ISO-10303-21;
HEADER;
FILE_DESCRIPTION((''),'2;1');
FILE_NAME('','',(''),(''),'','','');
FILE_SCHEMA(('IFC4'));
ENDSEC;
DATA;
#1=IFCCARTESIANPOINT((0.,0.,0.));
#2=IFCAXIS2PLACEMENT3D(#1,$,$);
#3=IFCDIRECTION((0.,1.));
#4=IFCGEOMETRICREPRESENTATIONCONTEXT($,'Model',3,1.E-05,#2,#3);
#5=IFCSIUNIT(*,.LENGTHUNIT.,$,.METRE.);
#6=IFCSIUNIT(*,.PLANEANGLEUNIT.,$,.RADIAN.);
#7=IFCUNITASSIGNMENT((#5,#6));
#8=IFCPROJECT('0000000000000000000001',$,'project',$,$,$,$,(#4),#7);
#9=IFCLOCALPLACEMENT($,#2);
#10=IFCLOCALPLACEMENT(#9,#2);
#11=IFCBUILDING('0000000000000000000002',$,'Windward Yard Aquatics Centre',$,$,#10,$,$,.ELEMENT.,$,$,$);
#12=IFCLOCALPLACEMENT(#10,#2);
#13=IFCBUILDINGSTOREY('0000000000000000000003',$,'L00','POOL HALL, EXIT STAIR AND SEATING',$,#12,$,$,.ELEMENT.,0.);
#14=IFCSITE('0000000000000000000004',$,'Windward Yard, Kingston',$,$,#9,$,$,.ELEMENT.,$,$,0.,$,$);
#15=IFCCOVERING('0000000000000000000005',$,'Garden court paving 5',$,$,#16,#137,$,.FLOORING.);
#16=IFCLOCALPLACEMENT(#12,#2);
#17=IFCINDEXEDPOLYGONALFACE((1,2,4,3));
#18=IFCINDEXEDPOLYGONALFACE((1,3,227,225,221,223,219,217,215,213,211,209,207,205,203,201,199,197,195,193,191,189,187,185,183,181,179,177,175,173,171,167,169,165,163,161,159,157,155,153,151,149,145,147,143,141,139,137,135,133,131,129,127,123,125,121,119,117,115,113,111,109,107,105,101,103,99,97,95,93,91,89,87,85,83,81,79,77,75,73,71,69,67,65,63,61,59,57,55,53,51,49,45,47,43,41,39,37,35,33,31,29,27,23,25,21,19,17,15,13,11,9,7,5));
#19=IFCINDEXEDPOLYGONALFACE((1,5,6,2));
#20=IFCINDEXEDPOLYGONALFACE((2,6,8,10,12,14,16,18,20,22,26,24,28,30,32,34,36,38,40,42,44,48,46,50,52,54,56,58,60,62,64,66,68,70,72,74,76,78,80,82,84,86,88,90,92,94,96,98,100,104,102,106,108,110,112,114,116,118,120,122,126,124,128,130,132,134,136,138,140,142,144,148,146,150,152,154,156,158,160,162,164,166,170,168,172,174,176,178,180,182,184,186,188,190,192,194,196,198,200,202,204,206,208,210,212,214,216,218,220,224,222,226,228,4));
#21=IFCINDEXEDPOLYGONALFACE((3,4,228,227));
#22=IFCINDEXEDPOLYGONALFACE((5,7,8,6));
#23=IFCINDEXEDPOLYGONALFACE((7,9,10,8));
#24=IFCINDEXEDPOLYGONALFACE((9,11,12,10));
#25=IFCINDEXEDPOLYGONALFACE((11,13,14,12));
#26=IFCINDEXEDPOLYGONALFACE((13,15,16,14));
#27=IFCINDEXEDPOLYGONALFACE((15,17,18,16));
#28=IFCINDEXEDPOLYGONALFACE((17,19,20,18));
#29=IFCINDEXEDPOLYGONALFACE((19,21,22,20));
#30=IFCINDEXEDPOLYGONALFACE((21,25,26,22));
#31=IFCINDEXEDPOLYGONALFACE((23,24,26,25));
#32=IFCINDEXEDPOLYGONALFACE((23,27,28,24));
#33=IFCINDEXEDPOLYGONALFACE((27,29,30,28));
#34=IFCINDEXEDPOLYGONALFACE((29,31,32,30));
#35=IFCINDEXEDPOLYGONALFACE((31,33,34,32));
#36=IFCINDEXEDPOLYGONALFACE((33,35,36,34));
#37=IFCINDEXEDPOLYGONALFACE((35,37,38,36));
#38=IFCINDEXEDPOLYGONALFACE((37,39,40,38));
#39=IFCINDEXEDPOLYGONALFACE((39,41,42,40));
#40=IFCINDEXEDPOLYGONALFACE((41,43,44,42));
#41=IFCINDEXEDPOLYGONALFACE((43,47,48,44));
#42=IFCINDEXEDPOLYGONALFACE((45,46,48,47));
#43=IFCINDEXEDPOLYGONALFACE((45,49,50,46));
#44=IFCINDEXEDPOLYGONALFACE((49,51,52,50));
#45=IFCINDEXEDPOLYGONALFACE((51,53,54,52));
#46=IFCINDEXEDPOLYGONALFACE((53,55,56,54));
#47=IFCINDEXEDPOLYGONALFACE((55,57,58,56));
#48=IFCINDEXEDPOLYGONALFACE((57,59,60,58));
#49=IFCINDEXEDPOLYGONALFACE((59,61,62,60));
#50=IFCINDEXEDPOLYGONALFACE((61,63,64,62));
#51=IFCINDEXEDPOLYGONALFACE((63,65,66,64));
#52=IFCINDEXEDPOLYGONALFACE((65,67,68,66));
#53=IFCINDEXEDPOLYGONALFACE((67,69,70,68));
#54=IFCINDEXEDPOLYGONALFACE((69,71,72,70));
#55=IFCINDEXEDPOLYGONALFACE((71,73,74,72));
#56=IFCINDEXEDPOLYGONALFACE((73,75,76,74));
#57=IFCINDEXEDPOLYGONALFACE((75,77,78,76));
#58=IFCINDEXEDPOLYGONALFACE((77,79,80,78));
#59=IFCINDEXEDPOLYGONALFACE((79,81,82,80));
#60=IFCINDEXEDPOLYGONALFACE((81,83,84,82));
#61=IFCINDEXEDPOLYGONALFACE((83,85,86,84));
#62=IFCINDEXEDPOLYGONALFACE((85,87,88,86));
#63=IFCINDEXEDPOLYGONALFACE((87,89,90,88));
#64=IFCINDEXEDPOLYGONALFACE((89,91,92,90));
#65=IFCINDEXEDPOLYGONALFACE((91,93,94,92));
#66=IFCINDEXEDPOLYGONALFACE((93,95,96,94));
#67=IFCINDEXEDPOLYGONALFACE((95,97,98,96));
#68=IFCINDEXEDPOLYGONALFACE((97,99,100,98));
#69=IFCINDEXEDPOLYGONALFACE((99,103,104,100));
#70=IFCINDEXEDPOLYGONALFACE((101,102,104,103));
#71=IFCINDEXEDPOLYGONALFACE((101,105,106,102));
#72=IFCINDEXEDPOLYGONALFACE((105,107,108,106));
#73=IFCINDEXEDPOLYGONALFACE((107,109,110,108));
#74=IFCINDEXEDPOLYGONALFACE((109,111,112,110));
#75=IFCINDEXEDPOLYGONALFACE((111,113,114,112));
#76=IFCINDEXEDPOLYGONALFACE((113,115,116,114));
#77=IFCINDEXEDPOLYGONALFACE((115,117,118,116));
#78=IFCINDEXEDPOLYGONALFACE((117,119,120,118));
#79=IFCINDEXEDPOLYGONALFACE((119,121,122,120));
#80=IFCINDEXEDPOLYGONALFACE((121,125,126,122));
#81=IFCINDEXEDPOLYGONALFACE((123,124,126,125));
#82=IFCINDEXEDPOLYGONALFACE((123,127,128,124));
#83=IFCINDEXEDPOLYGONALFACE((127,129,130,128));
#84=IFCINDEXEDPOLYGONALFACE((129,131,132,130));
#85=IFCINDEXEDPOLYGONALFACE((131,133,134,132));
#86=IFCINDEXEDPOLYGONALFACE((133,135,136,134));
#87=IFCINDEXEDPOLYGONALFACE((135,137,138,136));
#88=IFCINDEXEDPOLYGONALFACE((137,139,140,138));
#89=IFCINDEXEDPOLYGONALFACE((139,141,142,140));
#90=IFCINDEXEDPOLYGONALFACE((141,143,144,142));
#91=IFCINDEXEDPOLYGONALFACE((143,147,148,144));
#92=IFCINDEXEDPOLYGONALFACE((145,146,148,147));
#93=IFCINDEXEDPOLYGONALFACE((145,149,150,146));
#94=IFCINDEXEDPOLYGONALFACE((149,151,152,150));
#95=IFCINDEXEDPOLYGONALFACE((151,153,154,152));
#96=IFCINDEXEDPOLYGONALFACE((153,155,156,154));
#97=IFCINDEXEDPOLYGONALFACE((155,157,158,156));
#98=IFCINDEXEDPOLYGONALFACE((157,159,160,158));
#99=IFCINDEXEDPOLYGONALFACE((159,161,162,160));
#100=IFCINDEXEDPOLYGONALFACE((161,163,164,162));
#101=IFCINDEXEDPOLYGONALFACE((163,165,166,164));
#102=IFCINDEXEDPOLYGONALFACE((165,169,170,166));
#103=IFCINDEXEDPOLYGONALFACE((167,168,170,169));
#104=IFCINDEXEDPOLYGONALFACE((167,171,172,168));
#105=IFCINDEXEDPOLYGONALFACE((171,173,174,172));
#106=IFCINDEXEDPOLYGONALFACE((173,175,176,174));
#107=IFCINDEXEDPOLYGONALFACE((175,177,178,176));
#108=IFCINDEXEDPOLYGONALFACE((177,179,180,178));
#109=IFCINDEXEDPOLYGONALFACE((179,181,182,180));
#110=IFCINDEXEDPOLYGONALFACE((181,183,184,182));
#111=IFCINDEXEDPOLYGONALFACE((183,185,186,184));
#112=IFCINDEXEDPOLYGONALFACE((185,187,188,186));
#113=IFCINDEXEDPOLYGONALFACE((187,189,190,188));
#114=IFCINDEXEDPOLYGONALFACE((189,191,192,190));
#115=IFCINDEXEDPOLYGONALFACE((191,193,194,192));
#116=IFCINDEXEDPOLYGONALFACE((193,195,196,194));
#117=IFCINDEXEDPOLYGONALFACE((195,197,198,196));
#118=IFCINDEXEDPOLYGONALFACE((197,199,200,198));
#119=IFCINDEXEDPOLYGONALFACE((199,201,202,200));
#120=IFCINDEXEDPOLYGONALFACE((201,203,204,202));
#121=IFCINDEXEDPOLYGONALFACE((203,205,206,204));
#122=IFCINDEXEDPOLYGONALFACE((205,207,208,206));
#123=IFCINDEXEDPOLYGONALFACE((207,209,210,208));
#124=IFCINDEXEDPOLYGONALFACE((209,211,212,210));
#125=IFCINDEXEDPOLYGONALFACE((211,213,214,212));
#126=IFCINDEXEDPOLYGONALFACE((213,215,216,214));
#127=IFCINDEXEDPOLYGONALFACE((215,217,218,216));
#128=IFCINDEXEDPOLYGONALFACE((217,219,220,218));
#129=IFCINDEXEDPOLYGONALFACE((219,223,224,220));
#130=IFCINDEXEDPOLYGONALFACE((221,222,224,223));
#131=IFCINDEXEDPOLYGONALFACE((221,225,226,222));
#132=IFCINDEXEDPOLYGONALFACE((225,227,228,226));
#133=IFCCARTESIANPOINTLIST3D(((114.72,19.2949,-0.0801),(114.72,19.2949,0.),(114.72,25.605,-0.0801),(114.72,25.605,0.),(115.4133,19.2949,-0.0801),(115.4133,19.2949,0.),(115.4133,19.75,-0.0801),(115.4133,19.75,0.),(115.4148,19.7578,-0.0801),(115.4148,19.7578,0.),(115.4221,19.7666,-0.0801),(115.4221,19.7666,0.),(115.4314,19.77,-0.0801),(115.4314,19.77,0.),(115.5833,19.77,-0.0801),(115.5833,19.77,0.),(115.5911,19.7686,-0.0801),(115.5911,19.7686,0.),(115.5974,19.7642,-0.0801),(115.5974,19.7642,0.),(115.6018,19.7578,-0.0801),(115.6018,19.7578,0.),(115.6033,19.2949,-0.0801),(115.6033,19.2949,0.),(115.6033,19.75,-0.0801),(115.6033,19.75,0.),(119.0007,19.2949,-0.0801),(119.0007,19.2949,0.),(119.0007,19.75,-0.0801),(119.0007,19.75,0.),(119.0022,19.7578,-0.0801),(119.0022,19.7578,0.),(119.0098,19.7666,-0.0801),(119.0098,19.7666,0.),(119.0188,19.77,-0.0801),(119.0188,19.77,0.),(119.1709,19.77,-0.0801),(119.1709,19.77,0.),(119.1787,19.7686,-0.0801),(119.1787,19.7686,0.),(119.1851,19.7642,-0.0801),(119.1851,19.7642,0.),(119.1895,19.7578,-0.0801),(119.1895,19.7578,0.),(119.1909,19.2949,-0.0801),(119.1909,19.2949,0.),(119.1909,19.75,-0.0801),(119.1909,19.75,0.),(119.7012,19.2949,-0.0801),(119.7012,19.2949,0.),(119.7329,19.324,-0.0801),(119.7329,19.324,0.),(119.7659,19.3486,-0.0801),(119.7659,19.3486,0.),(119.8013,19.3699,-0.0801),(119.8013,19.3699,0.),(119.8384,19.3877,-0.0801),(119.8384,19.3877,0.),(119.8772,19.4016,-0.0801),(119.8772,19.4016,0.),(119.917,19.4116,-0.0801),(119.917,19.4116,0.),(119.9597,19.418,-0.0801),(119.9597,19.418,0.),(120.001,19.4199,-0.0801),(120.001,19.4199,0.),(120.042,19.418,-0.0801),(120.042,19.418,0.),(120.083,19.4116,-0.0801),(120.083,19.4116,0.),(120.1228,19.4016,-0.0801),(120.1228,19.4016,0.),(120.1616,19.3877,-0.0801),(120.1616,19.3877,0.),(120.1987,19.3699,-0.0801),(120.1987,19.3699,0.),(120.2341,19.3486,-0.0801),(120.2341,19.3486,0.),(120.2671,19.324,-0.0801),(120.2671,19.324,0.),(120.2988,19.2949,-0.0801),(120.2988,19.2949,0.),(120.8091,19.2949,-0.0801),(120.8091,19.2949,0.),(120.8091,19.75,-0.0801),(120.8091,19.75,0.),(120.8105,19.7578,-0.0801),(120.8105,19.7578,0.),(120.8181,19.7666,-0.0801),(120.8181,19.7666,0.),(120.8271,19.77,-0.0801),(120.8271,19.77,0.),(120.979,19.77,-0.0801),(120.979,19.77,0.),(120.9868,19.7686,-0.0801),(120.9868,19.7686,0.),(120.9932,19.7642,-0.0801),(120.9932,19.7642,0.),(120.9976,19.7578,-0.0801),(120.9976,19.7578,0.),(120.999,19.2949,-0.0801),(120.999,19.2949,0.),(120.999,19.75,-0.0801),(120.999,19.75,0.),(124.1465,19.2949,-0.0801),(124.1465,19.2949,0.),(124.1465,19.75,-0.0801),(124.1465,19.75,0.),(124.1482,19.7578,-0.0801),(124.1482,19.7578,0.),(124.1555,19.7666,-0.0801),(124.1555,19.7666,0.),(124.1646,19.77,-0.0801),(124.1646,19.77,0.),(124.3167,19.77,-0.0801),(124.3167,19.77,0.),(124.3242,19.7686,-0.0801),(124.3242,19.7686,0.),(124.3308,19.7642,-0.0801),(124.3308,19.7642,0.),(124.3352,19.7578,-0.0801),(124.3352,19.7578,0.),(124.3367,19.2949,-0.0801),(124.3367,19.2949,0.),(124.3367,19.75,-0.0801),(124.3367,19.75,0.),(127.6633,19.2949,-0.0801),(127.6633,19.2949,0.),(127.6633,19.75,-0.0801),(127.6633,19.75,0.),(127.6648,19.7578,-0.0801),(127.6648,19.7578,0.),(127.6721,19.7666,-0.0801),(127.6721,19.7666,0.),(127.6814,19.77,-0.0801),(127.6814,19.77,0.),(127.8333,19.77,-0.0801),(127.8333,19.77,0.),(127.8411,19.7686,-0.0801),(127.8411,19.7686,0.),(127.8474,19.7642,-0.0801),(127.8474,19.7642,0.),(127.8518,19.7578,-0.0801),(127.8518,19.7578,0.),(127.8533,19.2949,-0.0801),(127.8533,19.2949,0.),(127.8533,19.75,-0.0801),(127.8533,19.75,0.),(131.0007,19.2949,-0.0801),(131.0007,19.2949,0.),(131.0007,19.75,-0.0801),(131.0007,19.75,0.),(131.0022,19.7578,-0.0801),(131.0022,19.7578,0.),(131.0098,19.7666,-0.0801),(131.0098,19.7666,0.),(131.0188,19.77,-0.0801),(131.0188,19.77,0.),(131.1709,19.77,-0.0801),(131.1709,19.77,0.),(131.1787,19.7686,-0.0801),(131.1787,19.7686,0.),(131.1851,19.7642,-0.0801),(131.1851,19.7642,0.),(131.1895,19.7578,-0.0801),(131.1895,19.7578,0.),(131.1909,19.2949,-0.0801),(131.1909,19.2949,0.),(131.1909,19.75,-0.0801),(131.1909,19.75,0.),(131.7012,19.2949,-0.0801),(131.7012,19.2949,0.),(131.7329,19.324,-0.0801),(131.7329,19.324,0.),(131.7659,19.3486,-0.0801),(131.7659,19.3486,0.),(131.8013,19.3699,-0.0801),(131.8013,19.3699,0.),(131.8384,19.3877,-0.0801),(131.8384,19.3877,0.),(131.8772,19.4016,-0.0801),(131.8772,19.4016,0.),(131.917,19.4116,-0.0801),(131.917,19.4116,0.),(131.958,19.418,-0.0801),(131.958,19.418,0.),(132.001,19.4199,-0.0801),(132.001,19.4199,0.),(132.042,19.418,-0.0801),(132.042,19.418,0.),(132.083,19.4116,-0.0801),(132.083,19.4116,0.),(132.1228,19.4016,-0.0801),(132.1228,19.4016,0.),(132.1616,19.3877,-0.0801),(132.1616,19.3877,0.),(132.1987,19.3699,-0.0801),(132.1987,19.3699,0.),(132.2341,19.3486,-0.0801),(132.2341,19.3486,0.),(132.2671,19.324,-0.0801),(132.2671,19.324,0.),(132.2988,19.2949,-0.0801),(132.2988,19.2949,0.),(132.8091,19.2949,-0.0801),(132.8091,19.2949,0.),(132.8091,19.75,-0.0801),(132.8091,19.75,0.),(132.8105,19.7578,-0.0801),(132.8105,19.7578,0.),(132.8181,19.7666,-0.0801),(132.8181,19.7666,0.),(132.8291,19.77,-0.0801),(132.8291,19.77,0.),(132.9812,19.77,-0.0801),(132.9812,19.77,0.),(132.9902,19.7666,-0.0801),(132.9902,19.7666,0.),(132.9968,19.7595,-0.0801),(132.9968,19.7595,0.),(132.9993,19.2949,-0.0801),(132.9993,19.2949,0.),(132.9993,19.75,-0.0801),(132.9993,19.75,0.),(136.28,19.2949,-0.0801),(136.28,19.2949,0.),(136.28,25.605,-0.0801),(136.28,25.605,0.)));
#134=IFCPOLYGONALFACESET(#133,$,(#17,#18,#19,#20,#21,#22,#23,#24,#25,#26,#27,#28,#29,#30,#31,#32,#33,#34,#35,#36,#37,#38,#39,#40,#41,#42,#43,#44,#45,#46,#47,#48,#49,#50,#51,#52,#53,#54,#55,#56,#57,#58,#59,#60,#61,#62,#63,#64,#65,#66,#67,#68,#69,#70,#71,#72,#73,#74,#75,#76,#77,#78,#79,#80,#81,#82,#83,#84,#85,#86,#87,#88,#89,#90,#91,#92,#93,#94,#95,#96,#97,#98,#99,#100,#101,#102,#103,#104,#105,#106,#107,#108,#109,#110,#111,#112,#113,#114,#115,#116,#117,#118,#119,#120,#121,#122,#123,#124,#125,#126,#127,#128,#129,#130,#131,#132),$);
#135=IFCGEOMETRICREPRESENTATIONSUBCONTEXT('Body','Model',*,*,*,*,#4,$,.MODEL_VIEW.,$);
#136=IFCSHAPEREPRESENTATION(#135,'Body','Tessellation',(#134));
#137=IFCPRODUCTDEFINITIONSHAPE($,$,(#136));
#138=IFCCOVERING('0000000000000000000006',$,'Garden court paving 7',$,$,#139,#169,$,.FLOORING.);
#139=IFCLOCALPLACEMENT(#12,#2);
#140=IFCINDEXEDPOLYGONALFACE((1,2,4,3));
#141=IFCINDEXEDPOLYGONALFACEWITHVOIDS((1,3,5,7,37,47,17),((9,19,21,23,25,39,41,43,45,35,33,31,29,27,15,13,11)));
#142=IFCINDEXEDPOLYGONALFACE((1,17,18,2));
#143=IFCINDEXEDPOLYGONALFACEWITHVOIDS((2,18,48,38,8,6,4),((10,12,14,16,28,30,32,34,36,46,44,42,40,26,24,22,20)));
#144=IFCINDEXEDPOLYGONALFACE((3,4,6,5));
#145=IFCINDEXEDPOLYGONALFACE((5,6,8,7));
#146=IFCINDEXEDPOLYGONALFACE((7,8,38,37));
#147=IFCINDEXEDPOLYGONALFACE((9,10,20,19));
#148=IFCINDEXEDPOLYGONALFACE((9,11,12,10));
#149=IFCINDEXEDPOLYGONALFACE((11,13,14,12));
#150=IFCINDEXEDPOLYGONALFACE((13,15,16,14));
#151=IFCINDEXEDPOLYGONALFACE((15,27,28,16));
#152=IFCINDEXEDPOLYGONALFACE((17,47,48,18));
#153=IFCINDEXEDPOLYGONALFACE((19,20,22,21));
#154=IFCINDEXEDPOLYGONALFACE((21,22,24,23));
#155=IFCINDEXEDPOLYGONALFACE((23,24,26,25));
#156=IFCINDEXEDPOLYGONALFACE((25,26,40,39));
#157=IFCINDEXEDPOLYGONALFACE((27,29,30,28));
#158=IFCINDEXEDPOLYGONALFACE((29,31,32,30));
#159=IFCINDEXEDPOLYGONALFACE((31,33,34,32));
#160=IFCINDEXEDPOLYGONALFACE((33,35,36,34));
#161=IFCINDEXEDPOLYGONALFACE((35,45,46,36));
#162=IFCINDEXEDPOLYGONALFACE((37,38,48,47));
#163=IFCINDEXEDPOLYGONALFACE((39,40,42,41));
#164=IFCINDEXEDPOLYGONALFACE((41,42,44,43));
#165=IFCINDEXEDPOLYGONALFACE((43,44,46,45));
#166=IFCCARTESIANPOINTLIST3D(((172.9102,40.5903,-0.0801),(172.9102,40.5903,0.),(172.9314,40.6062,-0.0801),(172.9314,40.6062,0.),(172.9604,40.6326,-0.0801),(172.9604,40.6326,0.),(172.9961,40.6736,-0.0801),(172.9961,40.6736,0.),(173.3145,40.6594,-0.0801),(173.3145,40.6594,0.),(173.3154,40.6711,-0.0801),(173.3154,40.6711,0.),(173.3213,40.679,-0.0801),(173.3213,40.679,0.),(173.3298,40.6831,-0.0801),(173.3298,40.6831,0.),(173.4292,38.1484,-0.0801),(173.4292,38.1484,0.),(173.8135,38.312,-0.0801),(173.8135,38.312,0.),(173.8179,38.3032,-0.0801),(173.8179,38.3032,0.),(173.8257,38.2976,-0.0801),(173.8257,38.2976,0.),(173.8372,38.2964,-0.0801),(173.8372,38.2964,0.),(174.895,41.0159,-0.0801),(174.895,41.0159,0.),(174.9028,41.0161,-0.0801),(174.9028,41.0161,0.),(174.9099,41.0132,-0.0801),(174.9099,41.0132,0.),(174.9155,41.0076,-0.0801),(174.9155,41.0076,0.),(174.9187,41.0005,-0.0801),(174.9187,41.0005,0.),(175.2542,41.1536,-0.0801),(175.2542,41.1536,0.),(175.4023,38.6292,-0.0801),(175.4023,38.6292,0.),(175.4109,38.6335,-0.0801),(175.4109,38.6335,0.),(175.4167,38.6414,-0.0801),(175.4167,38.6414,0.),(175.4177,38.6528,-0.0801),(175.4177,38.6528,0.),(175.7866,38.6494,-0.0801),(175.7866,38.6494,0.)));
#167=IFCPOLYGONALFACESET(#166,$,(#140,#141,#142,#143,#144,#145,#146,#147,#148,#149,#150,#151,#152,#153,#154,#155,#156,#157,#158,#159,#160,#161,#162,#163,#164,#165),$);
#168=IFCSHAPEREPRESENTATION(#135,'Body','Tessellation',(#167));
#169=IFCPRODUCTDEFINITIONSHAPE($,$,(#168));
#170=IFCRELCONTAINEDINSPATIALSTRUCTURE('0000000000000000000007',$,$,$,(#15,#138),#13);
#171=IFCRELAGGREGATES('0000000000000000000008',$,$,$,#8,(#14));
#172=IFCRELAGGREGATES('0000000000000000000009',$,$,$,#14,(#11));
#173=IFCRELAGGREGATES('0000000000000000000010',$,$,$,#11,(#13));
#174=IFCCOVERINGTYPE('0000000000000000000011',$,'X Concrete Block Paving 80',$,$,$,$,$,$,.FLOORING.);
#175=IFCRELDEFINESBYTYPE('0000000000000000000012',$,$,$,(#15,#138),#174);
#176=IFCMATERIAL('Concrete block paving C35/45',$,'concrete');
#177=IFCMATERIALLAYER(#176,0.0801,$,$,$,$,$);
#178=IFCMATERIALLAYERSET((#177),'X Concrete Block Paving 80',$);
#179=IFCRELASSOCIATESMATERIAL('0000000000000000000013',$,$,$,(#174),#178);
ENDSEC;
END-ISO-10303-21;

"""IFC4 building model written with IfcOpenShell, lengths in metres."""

from ifc_helpers import new_model, si_unit, direction, frame, origin, place, context, subcontext, project, spatial, polyline, outline, extrude, material, layer, layer_set, type_object, element, save


model = new_model("IFC4")

# Units and contexts
model_context = context("Model", 3, precision=1e-05, world=origin(), true_north=direction((0.0, 1.0)))
body_context = subcontext(model_context, "Body", "Model", "MODEL_VIEW")
ifc_project = project(units=[si_unit("LENGTHUNIT", "METRE"), si_unit("PLANEANGLEUNIT", "RADIAN")], contexts=[model_context])

# Site, building, storey
site_placement = place(None, origin())
site = spatial("IfcSite", under=ifc_project, at=site_placement, Name="Windward Yard, Kingston", CompositionType="ELEMENT", RefElevation=0.0)
building_placement = place(site_placement, origin())
building = spatial("IfcBuilding", under=site, at=building_placement, Name="Windward Yard Aquatics Centre", CompositionType="ELEMENT")
storey_placement = place(building_placement, origin())
storey = spatial("IfcBuildingStorey", under=building, at=storey_placement, Name="L00", Description="POOL HALL, EXIT STAIR AND SEATING", CompositionType="ELEMENT", Elevation=0.0)

# Coverings
ifc_material_1 = material(Name="Concrete block paving C35/45", Category="concrete")
ifc_layer_1 = layer(ifc_material_1, 0.0801)
ifc_layer_set_1 = layer_set([ifc_layer_1], Name="X Concrete Block Paving 80")
covering_type_1 = type_object("IfcCoveringType", Name="X Concrete Block Paving 80", PredefinedType="FLOORING", material=ifc_layer_set_1)
covering_1_placement = place(storey_placement, frame((0.0, 0.0, -0.0801)))
element("IfcCovering", 1, at=covering_1_placement, inside=storey, type_object=covering_type_1, Name="Garden court paving 5", PredefinedType="FLOORING", context=body_context, shape_type="SweptSolid", body=[
    extrude(outline(polyline([(114.72, 19.2949), (115.4133, 19.2949), (115.4133, 19.75), (115.4148, 19.7578), (115.4221, 19.7666), (115.4314, 19.77), (115.5833, 19.77), (115.5911, 19.7686), (115.5974, 19.7642), (115.6018, 19.7578), (115.6033, 19.75), (115.6033, 19.2949), (119.0007, 19.2949), (119.0007, 19.75), (119.0022, 19.7578), (119.0098, 19.7666), (119.0188, 19.77), (119.1709, 19.77), (119.1787, 19.7686), (119.1851, 19.7642), (119.1895, 19.7578), (119.1909, 19.75), (119.1909, 19.2949), (119.7012, 19.2949), (119.7329, 19.324), (119.7659, 19.3486), (119.8013, 19.3699), (119.8384, 19.3877), (119.8772, 19.4016), (119.917, 19.4116), (119.9597, 19.418), (120.001, 19.4199), (120.042, 19.418), (120.083, 19.4116), (120.1228, 19.4016), (120.1616, 19.3877), (120.1987, 19.3699), (120.2341, 19.3486), (120.2671, 19.324), (120.2988, 19.2949), (120.8091, 19.2949), (120.8091, 19.75), (120.8105, 19.7578), (120.8181, 19.7666), (120.8271, 19.77), (120.979, 19.77), (120.9868, 19.7686), (120.9932, 19.7642), (120.9976, 19.7578), (120.999, 19.75), (120.999, 19.2949), (124.1465, 19.2949), (124.1465, 19.75), (124.1482, 19.7578), (124.1555, 19.7666), (124.1646, 19.77), (124.3167, 19.77), (124.3242, 19.7686), (124.3308, 19.7642), (124.3352, 19.7578), (124.3367, 19.75), (124.3367, 19.2949), (127.6633, 19.2949), (127.6633, 19.75), (127.6648, 19.7578), (127.6721, 19.7666), (127.6814, 19.77), (127.8333, 19.77), (127.8411, 19.7686), (127.8474, 19.7642), (127.8518, 19.7578), (127.8533, 19.75), (127.8533, 19.2949), (131.0007, 19.2949), (131.0007, 19.75), (131.0022, 19.7578), (131.0098, 19.7666), (131.0188, 19.77), (131.1709, 19.77), (131.1787, 19.7686), (131.1851, 19.7642), (131.1895, 19.7578), (131.1909, 19.75), (131.1909, 19.2949), (131.7012, 19.2949), (131.7329, 19.324), (131.7659, 19.3486), (131.8013, 19.3699), (131.8384, 19.3877), (131.8772, 19.4016), (131.917, 19.4116), (131.958, 19.418), (132.001, 19.4199), (132.042, 19.418), (132.083, 19.4116), (132.1228, 19.4016), (132.1616, 19.3877), (132.1987, 19.3699), (132.2341, 19.3486), (132.2671, 19.324), (132.2988, 19.2949), (132.8091, 19.2949), (132.8091, 19.75), (132.8105, 19.7578), (132.8181, 19.7666), (132.8291, 19.77), (132.9812, 19.77), (132.9902, 19.7666), (132.9968, 19.7595), (132.9993, 19.75), (132.9993, 19.2949), (136.28, 19.2949), (136.28, 25.605), (114.72, 25.605), (114.72, 19.2949)])), origin(), (0.0, 0.0, 1.0), 0.0801),
])
covering_2_placement = place(storey_placement, frame((0.0, 0.0, -0.0801)))
element("IfcCovering", 2, at=covering_2_placement, inside=storey, type_object=covering_type_1, Name="Garden court paving 7", PredefinedType="FLOORING", context=body_context, shape_type="SweptSolid", body=[
    extrude(outline(polyline([(172.9102, 40.5903), (173.4292, 38.1484), (175.7866, 38.6494), (175.2542, 41.1536), (172.9961, 40.6736), (172.9604, 40.6326), (172.9314, 40.6062), (172.9102, 40.5903)]), holes=[polyline([(173.3145, 40.6594), (173.8135, 38.312), (173.8179, 38.3032), (173.8257, 38.2976), (173.8372, 38.2964), (175.4023, 38.6292), (175.4109, 38.6335), (175.4167, 38.6414), (175.4177, 38.6528), (174.9187, 41.0005), (174.9155, 41.0076), (174.9099, 41.0132), (174.9028, 41.0161), (174.895, 41.0159), (173.3298, 40.6831), (173.3213, 40.679), (173.3154, 40.6711), (173.3145, 40.6594)])]), origin(), (0.0, 0.0, 1.0), 0.0801),
])

save(model, "model.ifc")
